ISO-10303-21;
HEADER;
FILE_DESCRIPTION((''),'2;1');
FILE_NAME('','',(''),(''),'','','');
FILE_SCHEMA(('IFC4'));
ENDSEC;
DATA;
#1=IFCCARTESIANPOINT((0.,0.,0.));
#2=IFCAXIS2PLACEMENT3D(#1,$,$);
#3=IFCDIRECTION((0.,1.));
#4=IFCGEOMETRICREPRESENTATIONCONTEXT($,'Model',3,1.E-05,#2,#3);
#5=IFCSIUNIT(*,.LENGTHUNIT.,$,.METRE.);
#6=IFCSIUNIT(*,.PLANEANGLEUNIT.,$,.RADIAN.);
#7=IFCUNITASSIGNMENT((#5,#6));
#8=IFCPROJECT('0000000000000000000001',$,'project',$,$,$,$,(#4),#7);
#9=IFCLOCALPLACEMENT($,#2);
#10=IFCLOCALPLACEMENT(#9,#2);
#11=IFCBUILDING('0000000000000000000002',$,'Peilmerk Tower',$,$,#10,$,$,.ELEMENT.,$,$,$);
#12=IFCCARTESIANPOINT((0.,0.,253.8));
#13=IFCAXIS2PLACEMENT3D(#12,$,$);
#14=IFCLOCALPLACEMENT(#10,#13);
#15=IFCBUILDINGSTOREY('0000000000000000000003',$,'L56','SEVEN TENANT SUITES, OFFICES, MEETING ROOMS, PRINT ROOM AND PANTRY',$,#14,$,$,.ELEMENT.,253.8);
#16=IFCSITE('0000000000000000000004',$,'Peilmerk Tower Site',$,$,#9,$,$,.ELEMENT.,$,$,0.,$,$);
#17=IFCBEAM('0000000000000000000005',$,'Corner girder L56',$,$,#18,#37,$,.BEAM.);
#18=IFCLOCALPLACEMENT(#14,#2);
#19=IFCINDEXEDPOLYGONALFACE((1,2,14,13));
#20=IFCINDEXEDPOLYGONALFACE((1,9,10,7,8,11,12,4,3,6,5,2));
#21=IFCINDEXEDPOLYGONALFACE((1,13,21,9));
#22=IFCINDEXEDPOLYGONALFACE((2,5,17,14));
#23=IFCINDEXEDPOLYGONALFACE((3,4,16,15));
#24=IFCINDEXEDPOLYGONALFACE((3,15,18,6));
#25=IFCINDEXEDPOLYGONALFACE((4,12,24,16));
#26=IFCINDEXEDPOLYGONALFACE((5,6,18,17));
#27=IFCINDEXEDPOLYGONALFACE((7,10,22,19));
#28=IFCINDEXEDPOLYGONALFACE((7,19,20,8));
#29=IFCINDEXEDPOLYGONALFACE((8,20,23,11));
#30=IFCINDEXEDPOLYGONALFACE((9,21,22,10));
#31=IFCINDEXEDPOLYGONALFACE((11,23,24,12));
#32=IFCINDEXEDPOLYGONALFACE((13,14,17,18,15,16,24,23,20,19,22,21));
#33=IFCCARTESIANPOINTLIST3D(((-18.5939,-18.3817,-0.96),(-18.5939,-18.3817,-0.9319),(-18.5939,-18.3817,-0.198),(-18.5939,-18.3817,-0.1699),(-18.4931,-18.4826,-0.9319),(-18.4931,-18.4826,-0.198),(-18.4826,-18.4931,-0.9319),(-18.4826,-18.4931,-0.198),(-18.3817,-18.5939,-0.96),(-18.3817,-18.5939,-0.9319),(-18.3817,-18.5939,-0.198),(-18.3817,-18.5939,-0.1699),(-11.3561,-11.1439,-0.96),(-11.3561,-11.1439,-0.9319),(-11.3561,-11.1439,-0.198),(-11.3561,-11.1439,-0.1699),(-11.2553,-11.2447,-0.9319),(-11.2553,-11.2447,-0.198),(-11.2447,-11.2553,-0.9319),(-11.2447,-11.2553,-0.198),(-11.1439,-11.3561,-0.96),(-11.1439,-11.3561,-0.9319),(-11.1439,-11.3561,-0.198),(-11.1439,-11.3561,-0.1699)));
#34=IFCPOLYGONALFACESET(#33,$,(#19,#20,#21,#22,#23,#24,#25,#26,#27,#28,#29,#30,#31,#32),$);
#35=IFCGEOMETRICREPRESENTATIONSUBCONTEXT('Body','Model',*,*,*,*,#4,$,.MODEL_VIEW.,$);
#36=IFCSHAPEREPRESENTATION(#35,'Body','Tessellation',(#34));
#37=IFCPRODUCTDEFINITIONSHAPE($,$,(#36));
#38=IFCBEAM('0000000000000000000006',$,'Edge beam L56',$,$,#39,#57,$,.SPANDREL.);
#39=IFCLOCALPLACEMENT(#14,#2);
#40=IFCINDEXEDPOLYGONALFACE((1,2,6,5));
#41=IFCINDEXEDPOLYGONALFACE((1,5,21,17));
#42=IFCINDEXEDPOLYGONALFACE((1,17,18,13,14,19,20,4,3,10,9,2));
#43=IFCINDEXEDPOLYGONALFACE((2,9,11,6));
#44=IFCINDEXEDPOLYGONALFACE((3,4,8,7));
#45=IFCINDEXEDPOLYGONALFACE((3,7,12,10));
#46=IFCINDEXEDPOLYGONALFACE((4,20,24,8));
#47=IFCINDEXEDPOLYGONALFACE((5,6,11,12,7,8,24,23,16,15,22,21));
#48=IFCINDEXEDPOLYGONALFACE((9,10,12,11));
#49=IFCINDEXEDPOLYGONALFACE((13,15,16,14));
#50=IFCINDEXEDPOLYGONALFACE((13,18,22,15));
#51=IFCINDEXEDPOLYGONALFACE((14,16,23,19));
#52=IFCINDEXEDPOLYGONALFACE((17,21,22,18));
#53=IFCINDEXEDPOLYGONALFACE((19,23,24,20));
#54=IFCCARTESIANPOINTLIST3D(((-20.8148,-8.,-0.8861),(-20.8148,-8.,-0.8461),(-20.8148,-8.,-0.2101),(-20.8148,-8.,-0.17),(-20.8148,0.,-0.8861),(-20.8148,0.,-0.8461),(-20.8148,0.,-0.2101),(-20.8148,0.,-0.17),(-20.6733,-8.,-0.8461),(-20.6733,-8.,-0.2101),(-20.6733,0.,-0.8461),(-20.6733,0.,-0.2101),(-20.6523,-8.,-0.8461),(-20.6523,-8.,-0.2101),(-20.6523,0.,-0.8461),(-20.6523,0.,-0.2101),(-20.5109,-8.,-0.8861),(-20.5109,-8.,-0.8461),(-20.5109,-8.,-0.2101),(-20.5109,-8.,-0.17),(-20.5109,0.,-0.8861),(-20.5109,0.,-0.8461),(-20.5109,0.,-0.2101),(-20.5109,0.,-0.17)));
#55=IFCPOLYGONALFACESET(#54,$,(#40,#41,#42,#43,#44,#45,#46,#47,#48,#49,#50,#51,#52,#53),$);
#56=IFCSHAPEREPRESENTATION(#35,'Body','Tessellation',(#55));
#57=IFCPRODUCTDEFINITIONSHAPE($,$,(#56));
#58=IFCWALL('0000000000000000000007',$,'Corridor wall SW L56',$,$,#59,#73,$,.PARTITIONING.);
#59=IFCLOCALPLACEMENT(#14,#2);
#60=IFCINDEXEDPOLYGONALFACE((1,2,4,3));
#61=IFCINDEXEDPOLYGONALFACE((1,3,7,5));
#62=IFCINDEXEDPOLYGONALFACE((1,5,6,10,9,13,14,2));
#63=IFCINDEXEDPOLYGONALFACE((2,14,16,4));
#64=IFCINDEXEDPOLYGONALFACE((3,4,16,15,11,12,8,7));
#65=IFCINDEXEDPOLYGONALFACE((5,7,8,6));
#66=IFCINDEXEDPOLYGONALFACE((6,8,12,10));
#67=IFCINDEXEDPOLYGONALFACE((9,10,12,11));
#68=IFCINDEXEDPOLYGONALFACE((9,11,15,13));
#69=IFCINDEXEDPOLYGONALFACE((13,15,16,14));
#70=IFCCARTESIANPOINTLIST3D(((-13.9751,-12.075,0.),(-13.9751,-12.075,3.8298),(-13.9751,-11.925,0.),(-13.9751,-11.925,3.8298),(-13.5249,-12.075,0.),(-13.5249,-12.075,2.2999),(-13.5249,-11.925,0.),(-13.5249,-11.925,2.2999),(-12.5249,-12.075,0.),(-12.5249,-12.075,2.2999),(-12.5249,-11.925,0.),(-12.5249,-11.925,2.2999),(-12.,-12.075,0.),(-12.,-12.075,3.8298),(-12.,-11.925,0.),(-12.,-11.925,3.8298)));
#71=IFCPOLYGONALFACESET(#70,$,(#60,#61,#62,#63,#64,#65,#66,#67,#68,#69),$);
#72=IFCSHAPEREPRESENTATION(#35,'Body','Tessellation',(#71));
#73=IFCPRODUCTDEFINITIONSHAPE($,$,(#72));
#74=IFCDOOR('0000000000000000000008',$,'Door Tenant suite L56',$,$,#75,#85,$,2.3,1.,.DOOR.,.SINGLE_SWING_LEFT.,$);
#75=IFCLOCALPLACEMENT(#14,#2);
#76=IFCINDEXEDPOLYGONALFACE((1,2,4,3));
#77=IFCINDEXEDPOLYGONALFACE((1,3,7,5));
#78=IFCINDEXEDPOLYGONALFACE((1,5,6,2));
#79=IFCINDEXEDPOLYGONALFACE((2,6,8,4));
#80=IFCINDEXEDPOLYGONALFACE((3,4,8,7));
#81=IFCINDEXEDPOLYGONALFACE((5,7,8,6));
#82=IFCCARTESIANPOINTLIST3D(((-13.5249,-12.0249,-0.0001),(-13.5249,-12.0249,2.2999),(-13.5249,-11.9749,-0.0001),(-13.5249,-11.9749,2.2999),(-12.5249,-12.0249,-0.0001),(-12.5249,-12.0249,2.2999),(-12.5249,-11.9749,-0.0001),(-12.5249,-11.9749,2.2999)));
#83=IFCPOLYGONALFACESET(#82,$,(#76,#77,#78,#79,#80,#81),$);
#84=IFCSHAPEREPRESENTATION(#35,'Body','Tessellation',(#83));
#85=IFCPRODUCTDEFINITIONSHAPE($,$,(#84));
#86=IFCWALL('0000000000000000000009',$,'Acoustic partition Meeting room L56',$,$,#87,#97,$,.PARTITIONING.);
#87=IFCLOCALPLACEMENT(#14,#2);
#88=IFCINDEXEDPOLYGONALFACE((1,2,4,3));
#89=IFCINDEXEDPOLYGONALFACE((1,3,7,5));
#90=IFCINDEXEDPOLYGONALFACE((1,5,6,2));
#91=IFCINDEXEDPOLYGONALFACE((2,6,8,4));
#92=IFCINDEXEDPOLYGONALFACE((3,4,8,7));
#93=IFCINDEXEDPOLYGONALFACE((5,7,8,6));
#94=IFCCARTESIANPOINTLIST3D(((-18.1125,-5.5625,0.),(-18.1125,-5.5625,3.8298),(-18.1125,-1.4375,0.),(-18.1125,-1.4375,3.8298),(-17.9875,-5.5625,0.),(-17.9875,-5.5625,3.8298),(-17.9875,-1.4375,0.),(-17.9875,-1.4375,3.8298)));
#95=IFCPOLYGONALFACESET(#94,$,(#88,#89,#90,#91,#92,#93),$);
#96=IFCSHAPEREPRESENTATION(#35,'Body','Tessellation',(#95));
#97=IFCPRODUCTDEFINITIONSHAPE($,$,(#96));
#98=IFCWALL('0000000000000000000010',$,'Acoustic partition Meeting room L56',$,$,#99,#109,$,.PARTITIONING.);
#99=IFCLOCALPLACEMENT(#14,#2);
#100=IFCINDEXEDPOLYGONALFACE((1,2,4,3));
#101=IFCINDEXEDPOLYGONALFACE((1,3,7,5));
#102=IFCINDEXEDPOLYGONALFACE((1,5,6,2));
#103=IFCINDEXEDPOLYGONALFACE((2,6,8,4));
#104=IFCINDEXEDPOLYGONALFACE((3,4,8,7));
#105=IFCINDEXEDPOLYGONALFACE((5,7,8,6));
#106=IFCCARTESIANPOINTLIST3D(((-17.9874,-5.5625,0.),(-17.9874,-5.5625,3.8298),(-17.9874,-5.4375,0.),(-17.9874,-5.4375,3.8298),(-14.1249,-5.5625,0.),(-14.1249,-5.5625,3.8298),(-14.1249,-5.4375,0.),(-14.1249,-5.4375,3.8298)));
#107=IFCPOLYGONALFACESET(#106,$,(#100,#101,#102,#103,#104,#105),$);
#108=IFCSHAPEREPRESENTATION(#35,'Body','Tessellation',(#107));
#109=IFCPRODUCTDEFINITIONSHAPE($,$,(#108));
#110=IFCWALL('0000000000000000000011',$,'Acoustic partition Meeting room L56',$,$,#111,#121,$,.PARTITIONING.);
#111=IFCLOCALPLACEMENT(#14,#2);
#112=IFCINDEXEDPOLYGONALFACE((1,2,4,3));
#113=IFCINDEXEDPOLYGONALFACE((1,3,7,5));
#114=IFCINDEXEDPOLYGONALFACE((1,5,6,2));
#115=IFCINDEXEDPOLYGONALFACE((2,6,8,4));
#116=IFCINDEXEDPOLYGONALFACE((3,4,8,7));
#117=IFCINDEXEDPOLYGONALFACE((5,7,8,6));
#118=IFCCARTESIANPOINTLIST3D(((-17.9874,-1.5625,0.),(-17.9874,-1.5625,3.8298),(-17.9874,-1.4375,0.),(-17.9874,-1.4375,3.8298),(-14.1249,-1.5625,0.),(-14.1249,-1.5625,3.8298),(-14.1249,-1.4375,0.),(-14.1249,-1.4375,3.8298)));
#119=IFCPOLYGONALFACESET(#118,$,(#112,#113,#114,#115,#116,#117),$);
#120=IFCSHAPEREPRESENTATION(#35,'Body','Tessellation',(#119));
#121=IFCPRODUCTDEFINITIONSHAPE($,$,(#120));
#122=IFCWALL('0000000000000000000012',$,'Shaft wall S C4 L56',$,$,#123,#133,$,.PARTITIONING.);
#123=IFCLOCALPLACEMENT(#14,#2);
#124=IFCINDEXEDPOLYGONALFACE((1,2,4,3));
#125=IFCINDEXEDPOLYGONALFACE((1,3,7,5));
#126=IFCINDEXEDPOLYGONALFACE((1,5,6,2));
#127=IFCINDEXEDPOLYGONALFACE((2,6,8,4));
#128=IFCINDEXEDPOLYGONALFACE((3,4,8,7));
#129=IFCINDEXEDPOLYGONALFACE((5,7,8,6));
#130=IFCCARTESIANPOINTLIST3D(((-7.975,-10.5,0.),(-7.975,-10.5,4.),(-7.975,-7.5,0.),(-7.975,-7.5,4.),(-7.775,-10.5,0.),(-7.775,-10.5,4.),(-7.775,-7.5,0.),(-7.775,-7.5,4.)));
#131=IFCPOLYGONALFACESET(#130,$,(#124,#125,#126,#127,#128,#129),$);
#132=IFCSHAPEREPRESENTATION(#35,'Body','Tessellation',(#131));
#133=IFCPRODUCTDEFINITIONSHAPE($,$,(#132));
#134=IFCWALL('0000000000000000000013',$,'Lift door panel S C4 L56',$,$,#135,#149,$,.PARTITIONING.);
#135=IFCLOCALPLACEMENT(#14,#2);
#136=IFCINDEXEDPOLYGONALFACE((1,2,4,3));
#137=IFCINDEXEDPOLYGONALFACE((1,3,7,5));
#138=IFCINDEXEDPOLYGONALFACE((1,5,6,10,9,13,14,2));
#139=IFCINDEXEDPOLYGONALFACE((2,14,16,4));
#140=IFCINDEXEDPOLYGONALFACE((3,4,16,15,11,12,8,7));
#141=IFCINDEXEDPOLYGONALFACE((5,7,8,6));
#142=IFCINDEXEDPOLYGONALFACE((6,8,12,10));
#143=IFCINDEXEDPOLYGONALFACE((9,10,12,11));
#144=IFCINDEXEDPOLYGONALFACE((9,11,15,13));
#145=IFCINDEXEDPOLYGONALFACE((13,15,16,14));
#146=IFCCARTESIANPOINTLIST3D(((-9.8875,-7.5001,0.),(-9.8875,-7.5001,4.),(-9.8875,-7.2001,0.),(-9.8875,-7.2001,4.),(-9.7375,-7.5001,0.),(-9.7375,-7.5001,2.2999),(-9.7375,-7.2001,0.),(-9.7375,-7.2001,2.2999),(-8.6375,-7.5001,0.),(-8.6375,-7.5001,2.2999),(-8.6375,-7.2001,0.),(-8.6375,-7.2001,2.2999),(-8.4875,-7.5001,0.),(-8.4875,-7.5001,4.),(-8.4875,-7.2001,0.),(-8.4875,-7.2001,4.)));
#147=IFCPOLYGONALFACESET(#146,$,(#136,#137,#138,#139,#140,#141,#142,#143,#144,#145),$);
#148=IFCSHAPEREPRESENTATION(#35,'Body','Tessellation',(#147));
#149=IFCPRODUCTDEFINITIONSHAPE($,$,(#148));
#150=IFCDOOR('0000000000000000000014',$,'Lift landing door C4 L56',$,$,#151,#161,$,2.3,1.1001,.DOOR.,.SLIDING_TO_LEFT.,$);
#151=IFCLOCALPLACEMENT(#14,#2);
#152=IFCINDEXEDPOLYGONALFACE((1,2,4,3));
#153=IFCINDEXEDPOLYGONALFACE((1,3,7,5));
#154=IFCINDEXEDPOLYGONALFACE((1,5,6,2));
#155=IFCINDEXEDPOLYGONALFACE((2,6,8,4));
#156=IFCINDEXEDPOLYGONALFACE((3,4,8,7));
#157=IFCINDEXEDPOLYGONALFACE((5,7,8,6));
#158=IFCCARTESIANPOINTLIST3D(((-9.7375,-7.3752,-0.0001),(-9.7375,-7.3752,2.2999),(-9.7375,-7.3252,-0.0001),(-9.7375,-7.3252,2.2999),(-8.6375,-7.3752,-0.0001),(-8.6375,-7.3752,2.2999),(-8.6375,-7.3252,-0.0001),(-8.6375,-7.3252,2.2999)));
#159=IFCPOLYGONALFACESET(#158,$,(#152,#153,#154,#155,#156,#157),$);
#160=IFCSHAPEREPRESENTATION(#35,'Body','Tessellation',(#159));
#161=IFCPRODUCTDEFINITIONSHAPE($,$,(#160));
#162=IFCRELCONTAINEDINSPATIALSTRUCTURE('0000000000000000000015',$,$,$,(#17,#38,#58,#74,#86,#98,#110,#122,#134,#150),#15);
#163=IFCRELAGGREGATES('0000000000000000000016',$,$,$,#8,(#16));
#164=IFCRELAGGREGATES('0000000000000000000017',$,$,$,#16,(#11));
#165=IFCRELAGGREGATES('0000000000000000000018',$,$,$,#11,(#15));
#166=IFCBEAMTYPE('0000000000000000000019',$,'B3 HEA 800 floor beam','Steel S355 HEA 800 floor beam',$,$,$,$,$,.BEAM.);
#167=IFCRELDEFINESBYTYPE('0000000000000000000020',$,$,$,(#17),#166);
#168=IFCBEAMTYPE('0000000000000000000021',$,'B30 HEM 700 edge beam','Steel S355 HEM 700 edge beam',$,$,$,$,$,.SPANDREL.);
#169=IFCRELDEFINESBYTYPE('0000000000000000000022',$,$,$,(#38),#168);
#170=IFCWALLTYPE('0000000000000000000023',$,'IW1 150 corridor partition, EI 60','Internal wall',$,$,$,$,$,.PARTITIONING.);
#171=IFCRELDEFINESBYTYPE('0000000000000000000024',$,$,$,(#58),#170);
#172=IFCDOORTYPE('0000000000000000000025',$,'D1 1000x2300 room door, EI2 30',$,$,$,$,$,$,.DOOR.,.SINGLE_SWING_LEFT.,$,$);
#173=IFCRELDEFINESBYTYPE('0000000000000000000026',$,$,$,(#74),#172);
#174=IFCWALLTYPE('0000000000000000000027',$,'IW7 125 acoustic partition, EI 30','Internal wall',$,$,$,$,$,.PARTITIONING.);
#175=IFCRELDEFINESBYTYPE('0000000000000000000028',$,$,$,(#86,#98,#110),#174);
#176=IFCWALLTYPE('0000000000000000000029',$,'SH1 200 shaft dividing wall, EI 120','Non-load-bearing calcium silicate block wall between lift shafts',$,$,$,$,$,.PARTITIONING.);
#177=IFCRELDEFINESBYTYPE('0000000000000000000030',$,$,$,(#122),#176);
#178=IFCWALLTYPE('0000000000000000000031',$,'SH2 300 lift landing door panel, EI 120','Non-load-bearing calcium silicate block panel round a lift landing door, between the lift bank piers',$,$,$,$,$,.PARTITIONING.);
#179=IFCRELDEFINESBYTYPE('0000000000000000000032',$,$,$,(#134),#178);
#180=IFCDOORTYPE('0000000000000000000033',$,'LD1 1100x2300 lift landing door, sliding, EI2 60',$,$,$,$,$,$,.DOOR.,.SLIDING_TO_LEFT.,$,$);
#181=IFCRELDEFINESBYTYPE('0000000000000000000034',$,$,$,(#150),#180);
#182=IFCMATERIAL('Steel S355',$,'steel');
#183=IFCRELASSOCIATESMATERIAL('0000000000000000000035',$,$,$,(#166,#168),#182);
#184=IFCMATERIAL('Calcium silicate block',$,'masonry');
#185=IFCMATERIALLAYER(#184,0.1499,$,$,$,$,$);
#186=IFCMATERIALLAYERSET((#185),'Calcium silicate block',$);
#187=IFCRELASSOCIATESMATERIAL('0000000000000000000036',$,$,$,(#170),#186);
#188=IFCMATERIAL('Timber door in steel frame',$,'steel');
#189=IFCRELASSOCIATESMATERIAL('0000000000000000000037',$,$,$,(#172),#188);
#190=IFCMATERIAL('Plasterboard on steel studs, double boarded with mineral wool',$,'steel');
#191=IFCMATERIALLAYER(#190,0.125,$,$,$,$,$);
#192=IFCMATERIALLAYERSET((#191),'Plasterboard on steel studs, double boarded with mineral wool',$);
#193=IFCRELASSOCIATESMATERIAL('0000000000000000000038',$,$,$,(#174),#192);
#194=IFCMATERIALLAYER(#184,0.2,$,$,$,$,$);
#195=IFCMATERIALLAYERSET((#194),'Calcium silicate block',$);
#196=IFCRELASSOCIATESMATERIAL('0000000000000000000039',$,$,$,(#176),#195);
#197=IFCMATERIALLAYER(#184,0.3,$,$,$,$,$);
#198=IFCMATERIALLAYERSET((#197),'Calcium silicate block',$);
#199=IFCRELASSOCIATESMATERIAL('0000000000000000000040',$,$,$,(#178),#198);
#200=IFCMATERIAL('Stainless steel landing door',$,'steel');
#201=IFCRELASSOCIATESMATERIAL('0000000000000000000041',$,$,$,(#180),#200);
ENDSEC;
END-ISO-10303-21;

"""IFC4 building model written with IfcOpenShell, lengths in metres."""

from ifc_helpers import new_model, si_unit, direction, frame, frame_2d, origin, origin_2d, place, context, subcontext, project, spatial, rectangle, i_section, extrude, material, layer, layer_set, material_profile, profile_set, type_object, element, fill, save


model = new_model("IFC4")

# Units and contexts
model_context = context("Model", 3, precision=1e-05, world=origin(), true_north=direction((0.0, 1.0)))
body_context = subcontext(model_context, "Body", "Model", "MODEL_VIEW")
ifc_project = project(units=[si_unit("LENGTHUNIT", "METRE"), si_unit("PLANEANGLEUNIT", "RADIAN")], contexts=[model_context])

# Site, building, storey
site_placement = place(None, origin())
site = spatial("IfcSite", under=ifc_project, at=site_placement, Name="Peilmerk Tower Site", CompositionType="ELEMENT", RefElevation=0.0)
building_placement = place(site_placement, origin())
building = spatial("IfcBuilding", under=site, at=building_placement, Name="Peilmerk Tower", CompositionType="ELEMENT")
storey_placement = place(building_placement, frame((0.0, 0.0, 253.8)))
storey = spatial("IfcBuildingStorey", under=building, at=storey_placement, Name="L56", Description="SEVEN TENANT SUITES, OFFICES, MEETING ROOMS, PRINT ROOM AND PANTRY", CompositionType="ELEMENT", Elevation=253.8)

# Beams
ifc_material_1 = material(Name="Steel S355", Category="steel")
ifc_material_profile_1 = material_profile(ifc_material_1, i_section(OverallWidth=0.3, OverallDepth=0.79, WebThickness=0.0149, FlangeThickness=0.0281, at=origin_2d()), Name="HEA 800")
ifc_profile_set_1 = profile_set([ifc_material_profile_1], Name="Steel S355")
beam_type_1 = type_object("IfcBeamType", Name="B3 HEA 800 floor beam", Description="Steel S355 HEA 800 floor beam", PredefinedType="BEAM", material=ifc_profile_set_1)
beam_1_placement = place(storey_placement, frame((-11.25, -11.25, -0.5649), z_axis=(-0.707107, -0.707107, 0.0), x_axis=(0.707107, -0.707107, 0.0)))
element("IfcBeam", 1, at=beam_1_placement, inside=storey, type_object=beam_type_1, Name="Corner girder L56", PredefinedType="BEAM", context=body_context, shape_type="SweptSolid", body=[
    extrude(i_section(OverallWidth=0.3, OverallDepth=0.79, WebThickness=0.0149, FlangeThickness=0.0281, at=origin_2d()), origin(), (0.0, 0.0, 1.0), 10.2358),
])
ifc_material_profile_2 = material_profile(ifc_material_1, i_section(OverallWidth=0.304, OverallDepth=0.7161, WebThickness=0.021, FlangeThickness=0.04, at=origin_2d()), Name="HEM 700")
ifc_profile_set_2 = profile_set([ifc_material_profile_2], Name="Steel S355")
beam_type_2 = type_object("IfcBeamType", Name="B30 HEM 700 edge beam", Description="Steel S355 HEM 700 edge beam", PredefinedType="SPANDREL", material=ifc_profile_set_2)
beam_2_placement = place(storey_placement, frame((-20.6628, 0.0, -0.5281), z_axis=(0.0, -1.0, 0.0), x_axis=(1.0, 0.0, 0.0)))
element("IfcBeam", 2, at=beam_2_placement, inside=storey, type_object=beam_type_2, Name="Edge beam L56", PredefinedType="SPANDREL", context=body_context, shape_type="SweptSolid", body=[
    extrude(i_section(OverallWidth=0.304, OverallDepth=0.7161, WebThickness=0.021, FlangeThickness=0.04, at=origin_2d()), origin(), (0.0, 0.0, 1.0), 8.0),
])

# Wall, opening, door
ifc_material_2 = material(Name="Calcium silicate block", Category="masonry")
ifc_layer_1 = layer(ifc_material_2, 0.1499)
ifc_layer_set_1 = layer_set([ifc_layer_1], Name="Calcium silicate block")
wall_type_1 = type_object("IfcWallType", Name="IW1 150 corridor partition, EI 60", Description="Internal wall", PredefinedType="PARTITIONING", material=ifc_layer_set_1)
wall_1_placement = place(storey_placement, frame((-12.0, -12.0, 0.0), z_axis=(0.0, 0.0, 1.0), x_axis=(-1.0, 0.0, 0.0)))
wall_1 = element("IfcWall", 3, at=wall_1_placement, inside=storey, type_object=wall_type_1, Name="Corridor wall SW L56", PredefinedType="PARTITIONING", context=body_context, shape_type="SweptSolid", body=[
    extrude(rectangle(XDim=1.9751, YDim=0.1499, at=frame_2d((0.9875, 0.0))), origin(), (0.0, 0.0, 1.0), 3.8298),
])
opening_1_placement = place(wall_1_placement, frame((0.5249, 0.0, 0.0)))
opening_1 = element("IfcOpeningElement", 4, at=opening_1_placement, cuts=wall_1, PredefinedType="OPENING", context=body_context, shape_type="SweptSolid", body=[
    extrude(rectangle(XDim=1.0, YDim=2.3, at=frame_2d((0.5, 1.1499))), frame((0.0, 0.085, 0.0), z_axis=(0.0, -1.0, 0.0), x_axis=(1.0, 0.0, 0.0)), (0.0, 0.0, 1.0), 0.1699),
])
ifc_material_3 = material(Name="Timber door in steel frame", Category="steel")
door_type_1 = type_object("IfcDoorType", Name="D1 1000x2300 room door, EI2 30", OperationType="SINGLE_SWING_LEFT", PredefinedType="DOOR", material=ifc_material_3)
door_1_placement = place(opening_1_placement, origin())
door_1 = element("IfcDoor", 5, at=door_1_placement, inside=storey, type_object=door_type_1, Name="Door Tenant suite L56", OperationType="SINGLE_SWING_LEFT", OverallHeight=2.3, OverallWidth=1.0, PredefinedType="DOOR", context=body_context, shape_type="SweptSolid", body=[
    extrude(rectangle(XDim=1.0, YDim=2.3, at=frame_2d((0.5, 1.1499))), frame((0.0, 0.0249, 0.0), z_axis=(0.0, -1.0, 0.0), x_axis=(1.0, 0.0, 0.0)), (0.0, 0.0, 1.0), 0.05),
])
fill(opening_1, door_1)

# Walls
ifc_material_4 = material(Name="Plasterboard on steel studs, double boarded with mineral wool", Category="steel")
ifc_layer_2 = layer(ifc_material_4, 0.125)
ifc_layer_set_2 = layer_set([ifc_layer_2], Name="Plasterboard on steel studs, double boarded with mineral wool")
wall_type_2 = type_object("IfcWallType", Name="IW7 125 acoustic partition, EI 30", Description="Internal wall", PredefinedType="PARTITIONING", material=ifc_layer_set_2)
wall_2_placement = place(storey_placement, frame((-18.05, -5.5625, 0.0), z_axis=(0.0, 0.0, 1.0), x_axis=(0.0, 1.0, 0.0)))
element("IfcWall", 6, at=wall_2_placement, inside=storey, type_object=wall_type_2, Name="Acoustic partition Meeting room L56", PredefinedType="PARTITIONING", context=body_context, shape_type="SweptSolid", body=[
    extrude(rectangle(XDim=4.125, YDim=0.125, at=frame_2d((2.0625, 0.0))), origin(), (0.0, 0.0, 1.0), 3.8298),
])
for number, where, z_axis, x_axis, name in (
    (7, (-14.125, -5.5, 0.0), (0.0, 0.0, 1.0), (-1.0, 0.0, 0.0), "Acoustic partition Meeting room L56"),
    (8, (-14.125, -1.5, 0.0), (0.0, 0.0, 1.0), (-1.0, 0.0, 0.0), "Acoustic partition Meeting room L56"),
):
    element("IfcWall", number, at=place(storey_placement, frame(where, z_axis=z_axis, x_axis=x_axis)), inside=storey, type_object=wall_type_2, Name=name, PredefinedType="PARTITIONING", context=body_context, shape_type="SweptSolid", body=[
        extrude(rectangle(XDim=3.8625, YDim=0.125, at=frame_2d((1.9312, 0.0))), origin(), (0.0, 0.0, 1.0), 3.8298),
    ])
ifc_layer_3 = layer(ifc_material_2, 0.2)
ifc_layer_set_3 = layer_set([ifc_layer_3], Name="Calcium silicate block")
wall_type_3 = type_object("IfcWallType", Name="SH1 200 shaft dividing wall, EI 120", Description="Non-load-bearing calcium silicate block wall between lift shafts", PredefinedType="PARTITIONING", material=ifc_layer_set_3)
wall_3_placement = place(storey_placement, frame((-7.875, -10.5, 0.0), z_axis=(0.0, 0.0, 1.0), x_axis=(0.0, 1.0, 0.0)))
element("IfcWall", 9, at=wall_3_placement, inside=storey, type_object=wall_type_3, Name="Shaft wall S C4 L56", PredefinedType="PARTITIONING", context=body_context, shape_type="SweptSolid", body=[
    extrude(rectangle(XDim=3.0, YDim=0.2, at=frame_2d((1.5, 0.0))), origin(), (0.0, 0.0, 1.0), 4.0),
])

# Wall, opening, door
ifc_layer_4 = layer(ifc_material_2, 0.3)
ifc_layer_set_4 = layer_set([ifc_layer_4], Name="Calcium silicate block")
wall_type_4 = type_object("IfcWallType", Name="SH2 300 lift landing door panel, EI 120", Description="Non-load-bearing calcium silicate block panel round a lift landing door, between the lift bank piers", PredefinedType="PARTITIONING", material=ifc_layer_set_4)
wall_4_placement = place(storey_placement, frame((-9.8875, -7.3501, 0.0), z_axis=(0.0, 0.0, 1.0), x_axis=(1.0, 0.0, 0.0)))
wall_4 = element("IfcWall", 10, at=wall_4_placement, inside=storey, type_object=wall_type_4, Name="Lift door panel S C4 L56", PredefinedType="PARTITIONING", context=body_context, shape_type="SweptSolid", body=[
    extrude(rectangle(XDim=1.3999, YDim=0.3, at=frame_2d((0.7, 0.0))), origin(), (0.0, 0.0, 1.0), 4.0),
])
opening_2_placement = place(wall_4_placement, frame((0.1499, 0.0, 0.0)))
opening_2 = element("IfcOpeningElement", 11, at=opening_2_placement, cuts=wall_4, PredefinedType="OPENING", context=body_context, shape_type="SweptSolid", body=[
    extrude(rectangle(XDim=1.1001, YDim=2.3, at=frame_2d((0.55, 1.1499))), frame((0.0, 0.1599, 0.0), z_axis=(0.0, -1.0, 0.0), x_axis=(1.0, 0.0, 0.0)), (0.0, 0.0, 1.0), 0.3201),
])
ifc_material_5 = material(Name="Stainless steel landing door", Category="steel")
door_type_2 = type_object("IfcDoorType", Name="LD1 1100x2300 lift landing door, sliding, EI2 60", OperationType="SLIDING_TO_LEFT", PredefinedType="DOOR", material=ifc_material_5)
door_2_placement = place(opening_2_placement, origin())
door_2 = element("IfcDoor", 12, at=door_2_placement, inside=storey, type_object=door_type_2, Name="Lift landing door C4 L56", OperationType="SLIDING_TO_LEFT", OverallHeight=2.3, OverallWidth=1.1001, PredefinedType="DOOR", context=body_context, shape_type="SweptSolid", body=[
    extrude(rectangle(XDim=1.1001, YDim=2.3, at=frame_2d((0.55, 1.1499))), frame((0.0, 0.0249, 0.0), z_axis=(0.0, -1.0, 0.0), x_axis=(1.0, 0.0, 0.0)), (0.0, 0.0, 1.0), 0.05),
])
fill(opening_2, door_2)

save(model, "model.ifc")
